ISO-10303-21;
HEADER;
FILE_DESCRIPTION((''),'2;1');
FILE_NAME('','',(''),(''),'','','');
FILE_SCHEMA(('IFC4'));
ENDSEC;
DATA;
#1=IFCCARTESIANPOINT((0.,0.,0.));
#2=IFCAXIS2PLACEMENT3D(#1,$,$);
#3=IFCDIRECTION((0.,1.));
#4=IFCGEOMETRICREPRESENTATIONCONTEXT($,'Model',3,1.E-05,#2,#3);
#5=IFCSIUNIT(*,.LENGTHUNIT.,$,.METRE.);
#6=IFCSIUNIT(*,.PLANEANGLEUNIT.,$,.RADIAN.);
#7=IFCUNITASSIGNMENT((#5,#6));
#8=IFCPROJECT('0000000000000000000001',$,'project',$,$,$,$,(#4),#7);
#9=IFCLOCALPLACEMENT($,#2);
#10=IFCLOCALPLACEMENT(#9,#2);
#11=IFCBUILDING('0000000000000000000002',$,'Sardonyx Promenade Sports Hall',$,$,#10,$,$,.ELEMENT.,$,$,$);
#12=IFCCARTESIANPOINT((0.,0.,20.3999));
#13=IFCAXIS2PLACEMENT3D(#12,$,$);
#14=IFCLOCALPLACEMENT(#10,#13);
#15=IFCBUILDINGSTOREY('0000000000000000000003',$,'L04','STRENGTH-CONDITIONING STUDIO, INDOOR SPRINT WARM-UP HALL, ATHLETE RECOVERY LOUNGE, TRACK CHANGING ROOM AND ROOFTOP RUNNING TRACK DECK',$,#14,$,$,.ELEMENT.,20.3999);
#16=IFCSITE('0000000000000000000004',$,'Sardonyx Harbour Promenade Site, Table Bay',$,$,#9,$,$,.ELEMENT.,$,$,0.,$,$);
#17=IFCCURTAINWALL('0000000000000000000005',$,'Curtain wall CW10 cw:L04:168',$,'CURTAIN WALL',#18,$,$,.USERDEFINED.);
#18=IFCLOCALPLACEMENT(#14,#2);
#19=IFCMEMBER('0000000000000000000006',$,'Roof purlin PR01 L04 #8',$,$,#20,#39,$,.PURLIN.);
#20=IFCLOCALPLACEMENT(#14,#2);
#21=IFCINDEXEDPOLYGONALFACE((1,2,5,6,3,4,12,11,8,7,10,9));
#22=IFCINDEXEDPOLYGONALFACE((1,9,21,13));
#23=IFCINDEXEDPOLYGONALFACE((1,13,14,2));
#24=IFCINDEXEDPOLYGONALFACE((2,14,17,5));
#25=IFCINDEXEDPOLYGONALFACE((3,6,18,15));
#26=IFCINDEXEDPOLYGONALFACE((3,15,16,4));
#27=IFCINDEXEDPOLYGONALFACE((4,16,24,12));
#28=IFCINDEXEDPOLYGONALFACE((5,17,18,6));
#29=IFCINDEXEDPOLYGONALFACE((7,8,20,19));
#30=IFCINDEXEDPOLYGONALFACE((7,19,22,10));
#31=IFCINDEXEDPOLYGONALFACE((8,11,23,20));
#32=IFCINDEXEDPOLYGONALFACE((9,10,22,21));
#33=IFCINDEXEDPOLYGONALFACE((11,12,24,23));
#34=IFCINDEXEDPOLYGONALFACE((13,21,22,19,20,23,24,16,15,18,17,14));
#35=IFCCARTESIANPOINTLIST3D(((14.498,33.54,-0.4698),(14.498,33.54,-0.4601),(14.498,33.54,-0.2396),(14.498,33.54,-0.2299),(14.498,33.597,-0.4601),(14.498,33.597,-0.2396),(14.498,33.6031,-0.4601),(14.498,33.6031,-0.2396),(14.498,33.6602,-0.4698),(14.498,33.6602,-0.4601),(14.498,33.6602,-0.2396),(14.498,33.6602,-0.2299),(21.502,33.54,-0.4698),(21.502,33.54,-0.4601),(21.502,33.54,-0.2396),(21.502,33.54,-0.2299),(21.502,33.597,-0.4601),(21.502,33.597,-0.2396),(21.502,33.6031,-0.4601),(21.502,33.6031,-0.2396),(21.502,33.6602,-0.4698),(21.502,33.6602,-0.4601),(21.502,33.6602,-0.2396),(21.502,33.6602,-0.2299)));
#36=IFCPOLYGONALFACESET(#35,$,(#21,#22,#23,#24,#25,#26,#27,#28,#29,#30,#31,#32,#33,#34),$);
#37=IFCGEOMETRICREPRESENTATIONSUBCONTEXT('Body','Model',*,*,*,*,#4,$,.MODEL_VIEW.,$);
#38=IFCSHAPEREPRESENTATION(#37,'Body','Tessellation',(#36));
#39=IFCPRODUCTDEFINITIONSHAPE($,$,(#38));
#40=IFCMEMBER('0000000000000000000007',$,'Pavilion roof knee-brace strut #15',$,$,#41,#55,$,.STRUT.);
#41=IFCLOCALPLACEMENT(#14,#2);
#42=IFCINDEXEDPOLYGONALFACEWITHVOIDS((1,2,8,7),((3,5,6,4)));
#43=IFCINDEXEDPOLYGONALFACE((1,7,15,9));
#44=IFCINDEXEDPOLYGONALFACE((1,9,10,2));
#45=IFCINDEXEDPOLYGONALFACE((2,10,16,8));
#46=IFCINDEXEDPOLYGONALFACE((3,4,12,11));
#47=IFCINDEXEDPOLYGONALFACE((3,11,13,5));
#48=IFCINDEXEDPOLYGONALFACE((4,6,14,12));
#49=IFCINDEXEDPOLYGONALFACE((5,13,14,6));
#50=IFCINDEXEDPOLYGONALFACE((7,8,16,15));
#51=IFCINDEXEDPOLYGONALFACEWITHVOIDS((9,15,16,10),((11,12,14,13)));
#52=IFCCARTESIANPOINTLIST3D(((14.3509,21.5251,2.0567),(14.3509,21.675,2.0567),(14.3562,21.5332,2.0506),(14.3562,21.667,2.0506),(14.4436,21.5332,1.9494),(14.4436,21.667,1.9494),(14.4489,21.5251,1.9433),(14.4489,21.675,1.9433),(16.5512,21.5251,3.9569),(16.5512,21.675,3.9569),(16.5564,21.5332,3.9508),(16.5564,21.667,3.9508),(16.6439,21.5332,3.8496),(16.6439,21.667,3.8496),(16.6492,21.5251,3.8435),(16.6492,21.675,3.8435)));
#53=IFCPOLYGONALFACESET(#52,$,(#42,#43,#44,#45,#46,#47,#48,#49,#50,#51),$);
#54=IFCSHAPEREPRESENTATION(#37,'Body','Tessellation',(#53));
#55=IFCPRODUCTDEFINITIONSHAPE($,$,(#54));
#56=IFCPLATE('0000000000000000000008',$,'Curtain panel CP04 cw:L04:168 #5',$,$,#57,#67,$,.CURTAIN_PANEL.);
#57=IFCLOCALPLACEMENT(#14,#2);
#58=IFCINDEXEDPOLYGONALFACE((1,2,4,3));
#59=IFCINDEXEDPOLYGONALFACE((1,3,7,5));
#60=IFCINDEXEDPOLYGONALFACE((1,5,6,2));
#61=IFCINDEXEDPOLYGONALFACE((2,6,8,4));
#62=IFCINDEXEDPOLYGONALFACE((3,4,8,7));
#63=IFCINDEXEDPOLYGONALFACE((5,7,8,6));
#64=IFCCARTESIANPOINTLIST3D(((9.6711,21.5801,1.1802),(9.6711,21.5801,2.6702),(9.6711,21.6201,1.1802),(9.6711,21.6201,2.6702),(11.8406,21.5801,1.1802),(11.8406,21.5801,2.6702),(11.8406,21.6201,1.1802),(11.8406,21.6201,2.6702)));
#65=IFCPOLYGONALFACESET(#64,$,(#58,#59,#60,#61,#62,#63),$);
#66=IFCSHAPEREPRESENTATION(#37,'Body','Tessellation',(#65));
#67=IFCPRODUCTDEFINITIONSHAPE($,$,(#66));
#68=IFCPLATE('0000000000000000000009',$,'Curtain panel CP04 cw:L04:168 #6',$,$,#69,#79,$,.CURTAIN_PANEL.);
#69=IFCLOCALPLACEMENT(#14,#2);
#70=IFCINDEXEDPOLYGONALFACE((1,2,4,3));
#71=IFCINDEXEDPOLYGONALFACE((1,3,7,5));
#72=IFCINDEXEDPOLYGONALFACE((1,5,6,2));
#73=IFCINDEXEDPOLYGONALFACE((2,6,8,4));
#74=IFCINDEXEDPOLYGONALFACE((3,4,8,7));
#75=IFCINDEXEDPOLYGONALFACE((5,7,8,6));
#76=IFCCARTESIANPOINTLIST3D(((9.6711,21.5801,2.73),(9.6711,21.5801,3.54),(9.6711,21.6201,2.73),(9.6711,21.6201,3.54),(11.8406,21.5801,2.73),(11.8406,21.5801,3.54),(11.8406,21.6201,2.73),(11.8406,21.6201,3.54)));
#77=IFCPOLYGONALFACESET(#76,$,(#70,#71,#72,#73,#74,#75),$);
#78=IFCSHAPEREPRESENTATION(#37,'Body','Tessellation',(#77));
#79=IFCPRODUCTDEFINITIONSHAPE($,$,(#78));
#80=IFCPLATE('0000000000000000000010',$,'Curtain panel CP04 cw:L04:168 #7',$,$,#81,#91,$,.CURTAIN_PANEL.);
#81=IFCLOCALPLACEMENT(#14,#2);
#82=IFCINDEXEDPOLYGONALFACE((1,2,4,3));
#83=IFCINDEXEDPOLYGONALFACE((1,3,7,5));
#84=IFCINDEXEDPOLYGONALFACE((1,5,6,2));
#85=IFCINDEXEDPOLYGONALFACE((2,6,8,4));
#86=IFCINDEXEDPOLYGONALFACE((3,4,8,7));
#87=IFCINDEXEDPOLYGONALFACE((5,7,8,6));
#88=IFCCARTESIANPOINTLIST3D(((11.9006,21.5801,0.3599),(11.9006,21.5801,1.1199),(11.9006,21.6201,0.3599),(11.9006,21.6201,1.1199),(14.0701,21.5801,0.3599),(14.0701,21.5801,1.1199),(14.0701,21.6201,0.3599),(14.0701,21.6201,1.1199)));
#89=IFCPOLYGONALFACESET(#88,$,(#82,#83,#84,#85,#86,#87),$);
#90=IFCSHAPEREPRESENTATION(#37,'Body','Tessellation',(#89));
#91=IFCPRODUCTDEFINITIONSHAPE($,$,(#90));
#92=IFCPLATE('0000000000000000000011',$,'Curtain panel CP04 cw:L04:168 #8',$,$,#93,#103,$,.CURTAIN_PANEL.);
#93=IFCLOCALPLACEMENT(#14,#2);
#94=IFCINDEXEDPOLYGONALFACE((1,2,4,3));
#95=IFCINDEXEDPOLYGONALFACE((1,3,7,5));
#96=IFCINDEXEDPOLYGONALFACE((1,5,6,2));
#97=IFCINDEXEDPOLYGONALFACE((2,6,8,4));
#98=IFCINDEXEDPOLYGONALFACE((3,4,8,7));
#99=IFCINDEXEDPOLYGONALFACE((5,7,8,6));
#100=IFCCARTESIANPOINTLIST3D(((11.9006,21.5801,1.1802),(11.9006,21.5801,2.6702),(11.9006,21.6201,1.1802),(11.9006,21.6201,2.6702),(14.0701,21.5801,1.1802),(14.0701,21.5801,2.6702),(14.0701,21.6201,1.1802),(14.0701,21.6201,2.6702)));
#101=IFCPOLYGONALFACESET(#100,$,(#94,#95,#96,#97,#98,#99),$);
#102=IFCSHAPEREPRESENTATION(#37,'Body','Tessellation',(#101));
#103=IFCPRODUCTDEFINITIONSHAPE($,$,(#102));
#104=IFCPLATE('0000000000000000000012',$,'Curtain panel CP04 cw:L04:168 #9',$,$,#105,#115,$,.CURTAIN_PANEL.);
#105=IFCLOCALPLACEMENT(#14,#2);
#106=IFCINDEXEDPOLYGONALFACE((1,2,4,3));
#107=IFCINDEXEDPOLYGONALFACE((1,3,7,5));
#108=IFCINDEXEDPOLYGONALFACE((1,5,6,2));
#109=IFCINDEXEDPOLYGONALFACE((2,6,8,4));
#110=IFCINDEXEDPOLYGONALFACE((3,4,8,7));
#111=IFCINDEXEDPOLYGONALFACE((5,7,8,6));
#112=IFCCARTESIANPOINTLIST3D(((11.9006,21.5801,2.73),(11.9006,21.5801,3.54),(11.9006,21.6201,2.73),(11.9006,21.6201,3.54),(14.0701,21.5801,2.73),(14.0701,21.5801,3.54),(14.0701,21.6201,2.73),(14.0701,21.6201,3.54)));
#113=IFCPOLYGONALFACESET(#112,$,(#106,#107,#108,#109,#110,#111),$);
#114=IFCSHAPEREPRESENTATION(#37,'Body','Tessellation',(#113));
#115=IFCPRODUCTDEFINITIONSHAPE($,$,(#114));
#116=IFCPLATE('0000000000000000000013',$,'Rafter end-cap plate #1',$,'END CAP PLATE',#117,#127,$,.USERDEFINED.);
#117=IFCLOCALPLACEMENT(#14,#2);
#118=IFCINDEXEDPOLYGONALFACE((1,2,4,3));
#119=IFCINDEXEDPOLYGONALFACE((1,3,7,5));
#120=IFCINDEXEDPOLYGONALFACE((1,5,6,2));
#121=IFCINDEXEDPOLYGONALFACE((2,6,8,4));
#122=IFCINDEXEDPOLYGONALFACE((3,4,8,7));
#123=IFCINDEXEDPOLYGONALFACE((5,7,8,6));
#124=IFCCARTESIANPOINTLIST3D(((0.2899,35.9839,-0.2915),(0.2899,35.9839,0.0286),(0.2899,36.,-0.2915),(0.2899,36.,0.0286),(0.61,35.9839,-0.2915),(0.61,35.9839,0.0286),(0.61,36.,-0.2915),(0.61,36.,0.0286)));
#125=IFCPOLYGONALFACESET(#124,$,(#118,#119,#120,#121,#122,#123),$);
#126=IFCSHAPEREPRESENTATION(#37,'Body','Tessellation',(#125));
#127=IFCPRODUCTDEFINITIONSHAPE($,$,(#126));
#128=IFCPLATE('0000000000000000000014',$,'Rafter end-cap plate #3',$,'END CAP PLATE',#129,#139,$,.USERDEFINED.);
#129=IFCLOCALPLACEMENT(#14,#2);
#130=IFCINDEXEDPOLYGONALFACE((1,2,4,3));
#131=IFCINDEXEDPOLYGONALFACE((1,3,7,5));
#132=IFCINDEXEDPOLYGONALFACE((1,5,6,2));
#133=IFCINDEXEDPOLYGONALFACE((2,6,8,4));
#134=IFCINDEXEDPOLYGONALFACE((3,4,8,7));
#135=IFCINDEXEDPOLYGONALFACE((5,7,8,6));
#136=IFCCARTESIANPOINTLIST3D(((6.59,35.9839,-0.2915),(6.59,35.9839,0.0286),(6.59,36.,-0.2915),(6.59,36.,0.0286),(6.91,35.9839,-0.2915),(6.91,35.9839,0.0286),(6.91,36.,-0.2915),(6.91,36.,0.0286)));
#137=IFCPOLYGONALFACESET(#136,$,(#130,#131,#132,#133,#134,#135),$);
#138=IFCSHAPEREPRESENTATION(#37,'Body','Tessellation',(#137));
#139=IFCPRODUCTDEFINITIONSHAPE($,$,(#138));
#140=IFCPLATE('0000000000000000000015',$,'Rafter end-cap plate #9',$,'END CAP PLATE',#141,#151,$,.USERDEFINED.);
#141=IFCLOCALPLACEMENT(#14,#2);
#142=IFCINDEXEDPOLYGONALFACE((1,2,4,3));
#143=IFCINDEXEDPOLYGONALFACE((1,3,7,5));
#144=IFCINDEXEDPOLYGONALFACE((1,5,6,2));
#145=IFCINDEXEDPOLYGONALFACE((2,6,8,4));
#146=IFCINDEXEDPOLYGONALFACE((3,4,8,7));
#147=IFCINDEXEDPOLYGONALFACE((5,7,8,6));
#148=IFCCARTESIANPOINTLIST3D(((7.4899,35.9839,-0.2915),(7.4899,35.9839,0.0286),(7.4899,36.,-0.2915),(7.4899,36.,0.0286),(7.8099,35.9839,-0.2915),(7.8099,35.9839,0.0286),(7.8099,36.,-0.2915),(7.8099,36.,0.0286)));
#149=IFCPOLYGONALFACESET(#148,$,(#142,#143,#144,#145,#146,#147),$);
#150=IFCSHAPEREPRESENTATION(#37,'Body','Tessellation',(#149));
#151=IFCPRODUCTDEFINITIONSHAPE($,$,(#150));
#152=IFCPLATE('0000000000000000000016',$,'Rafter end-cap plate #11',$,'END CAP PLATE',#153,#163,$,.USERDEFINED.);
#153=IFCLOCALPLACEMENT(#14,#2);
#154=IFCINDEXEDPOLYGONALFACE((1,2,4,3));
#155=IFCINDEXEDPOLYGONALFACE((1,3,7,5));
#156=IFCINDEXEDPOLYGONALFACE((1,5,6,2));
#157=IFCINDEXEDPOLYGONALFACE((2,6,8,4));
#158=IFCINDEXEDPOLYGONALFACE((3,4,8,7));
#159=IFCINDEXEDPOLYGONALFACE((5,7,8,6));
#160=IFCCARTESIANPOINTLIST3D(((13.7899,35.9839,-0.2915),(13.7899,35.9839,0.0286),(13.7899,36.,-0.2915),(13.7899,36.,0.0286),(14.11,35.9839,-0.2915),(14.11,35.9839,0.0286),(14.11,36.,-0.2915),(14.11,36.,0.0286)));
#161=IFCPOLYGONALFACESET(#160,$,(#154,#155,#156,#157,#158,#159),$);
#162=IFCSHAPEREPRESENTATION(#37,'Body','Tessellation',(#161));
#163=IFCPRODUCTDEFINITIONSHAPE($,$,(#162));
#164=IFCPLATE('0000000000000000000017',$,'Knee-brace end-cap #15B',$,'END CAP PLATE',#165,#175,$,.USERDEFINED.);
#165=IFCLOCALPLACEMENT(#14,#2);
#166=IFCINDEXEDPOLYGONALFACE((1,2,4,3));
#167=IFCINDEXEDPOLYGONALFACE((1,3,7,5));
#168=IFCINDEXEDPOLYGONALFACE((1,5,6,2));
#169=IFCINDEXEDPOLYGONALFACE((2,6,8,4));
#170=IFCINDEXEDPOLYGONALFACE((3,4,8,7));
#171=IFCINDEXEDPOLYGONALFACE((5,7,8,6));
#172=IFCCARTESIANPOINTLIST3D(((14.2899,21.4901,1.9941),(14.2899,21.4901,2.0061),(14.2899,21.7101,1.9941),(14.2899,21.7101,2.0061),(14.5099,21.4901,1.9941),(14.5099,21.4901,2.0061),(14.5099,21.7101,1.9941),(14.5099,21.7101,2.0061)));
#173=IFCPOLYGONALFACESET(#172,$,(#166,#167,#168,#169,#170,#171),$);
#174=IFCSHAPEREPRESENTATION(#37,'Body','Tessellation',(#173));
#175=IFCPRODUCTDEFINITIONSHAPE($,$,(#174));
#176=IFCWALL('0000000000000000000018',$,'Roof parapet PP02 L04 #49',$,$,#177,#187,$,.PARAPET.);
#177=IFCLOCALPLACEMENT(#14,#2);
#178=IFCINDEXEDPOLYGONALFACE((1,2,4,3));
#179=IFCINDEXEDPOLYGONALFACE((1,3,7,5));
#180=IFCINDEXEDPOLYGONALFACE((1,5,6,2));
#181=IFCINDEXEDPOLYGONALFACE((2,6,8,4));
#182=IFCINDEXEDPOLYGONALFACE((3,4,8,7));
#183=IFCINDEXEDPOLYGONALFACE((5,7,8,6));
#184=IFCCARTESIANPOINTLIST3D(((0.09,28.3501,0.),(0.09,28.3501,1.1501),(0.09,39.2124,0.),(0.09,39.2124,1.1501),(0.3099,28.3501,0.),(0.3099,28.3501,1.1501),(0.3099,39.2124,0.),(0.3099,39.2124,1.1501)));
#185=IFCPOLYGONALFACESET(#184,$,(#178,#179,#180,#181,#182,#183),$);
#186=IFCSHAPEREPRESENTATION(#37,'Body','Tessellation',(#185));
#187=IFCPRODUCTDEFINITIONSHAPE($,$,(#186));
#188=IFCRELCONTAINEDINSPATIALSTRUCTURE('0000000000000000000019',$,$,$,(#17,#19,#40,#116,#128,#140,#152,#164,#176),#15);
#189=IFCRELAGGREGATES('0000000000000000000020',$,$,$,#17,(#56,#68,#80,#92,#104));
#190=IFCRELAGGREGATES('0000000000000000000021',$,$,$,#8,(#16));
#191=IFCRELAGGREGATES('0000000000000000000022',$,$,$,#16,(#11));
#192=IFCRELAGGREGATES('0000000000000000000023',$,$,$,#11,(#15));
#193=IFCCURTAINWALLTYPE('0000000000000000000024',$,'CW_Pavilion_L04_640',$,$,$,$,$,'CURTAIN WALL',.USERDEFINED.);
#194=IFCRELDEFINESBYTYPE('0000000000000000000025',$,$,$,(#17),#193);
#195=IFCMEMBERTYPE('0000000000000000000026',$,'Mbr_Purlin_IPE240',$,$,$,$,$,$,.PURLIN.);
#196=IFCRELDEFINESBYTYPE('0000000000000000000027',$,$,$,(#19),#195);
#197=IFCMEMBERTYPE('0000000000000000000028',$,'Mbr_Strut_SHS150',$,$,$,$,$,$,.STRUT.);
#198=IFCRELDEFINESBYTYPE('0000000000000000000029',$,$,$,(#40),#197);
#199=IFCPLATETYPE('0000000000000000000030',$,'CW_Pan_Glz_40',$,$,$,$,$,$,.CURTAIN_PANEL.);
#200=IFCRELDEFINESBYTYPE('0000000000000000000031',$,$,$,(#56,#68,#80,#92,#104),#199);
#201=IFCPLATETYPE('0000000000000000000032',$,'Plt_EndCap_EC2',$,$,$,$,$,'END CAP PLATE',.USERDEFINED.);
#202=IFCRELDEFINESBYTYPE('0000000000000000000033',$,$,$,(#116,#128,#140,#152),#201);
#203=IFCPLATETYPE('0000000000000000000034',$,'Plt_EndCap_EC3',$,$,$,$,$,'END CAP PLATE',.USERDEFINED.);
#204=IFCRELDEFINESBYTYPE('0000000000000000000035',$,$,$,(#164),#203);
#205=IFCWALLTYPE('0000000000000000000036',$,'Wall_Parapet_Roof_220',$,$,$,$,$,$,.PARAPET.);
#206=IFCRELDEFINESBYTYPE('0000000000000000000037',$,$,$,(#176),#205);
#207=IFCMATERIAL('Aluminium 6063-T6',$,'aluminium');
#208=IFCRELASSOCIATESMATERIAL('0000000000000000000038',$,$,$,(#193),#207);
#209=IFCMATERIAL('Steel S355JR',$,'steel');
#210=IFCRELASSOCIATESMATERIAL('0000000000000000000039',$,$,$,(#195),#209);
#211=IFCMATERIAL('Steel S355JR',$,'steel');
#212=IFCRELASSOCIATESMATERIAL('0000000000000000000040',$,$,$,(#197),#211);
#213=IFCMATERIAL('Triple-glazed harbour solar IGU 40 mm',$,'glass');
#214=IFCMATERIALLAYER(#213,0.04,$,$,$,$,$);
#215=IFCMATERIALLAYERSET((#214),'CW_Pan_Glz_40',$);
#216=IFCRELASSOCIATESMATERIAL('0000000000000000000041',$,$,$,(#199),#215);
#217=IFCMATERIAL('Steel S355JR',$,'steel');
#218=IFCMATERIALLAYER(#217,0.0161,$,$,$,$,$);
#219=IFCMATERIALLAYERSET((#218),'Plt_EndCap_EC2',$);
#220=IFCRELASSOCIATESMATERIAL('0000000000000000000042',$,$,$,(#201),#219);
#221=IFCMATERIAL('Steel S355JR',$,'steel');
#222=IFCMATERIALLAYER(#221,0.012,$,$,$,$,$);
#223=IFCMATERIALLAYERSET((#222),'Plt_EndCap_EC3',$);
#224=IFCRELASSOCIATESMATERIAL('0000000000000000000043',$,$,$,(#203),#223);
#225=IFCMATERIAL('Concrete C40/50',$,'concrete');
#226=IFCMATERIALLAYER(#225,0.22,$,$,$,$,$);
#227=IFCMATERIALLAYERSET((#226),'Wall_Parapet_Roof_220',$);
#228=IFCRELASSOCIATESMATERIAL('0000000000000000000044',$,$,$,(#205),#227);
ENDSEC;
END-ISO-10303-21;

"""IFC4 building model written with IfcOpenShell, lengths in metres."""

from ifc_helpers import new_model, si_unit, direction, frame, frame_2d, origin, origin_2d, place, context, subcontext, project, spatial, rectangle, hollow_rectangle, i_section, extrude, material, layer, layer_set, material_profile, profile_set, type_object, element, aggregate, save


model = new_model("IFC4")

# Units and contexts
model_context = context("Model", 3, precision=1e-05, world=origin(), true_north=direction((0.0, 1.0)))
body_context = subcontext(model_context, "Body", "Model", "MODEL_VIEW")
ifc_project = project(units=[si_unit("LENGTHUNIT", "METRE"), si_unit("PLANEANGLEUNIT", "RADIAN")], contexts=[model_context])

# Site, building, storey
site_placement = place(None, origin())
site = spatial("IfcSite", under=ifc_project, at=site_placement, Name="Sardonyx Harbour Promenade Site, Table Bay", CompositionType="ELEMENT", RefElevation=0.0)
building_placement = place(site_placement, origin())
building = spatial("IfcBuilding", under=site, at=building_placement, Name="Sardonyx Promenade Sports Hall", CompositionType="ELEMENT")
storey_placement = place(building_placement, frame((0.0, 0.0, 20.3999)))
storey = spatial("IfcBuildingStorey", under=building, at=storey_placement, Name="L04", Description="STRENGTH-CONDITIONING STUDIO, INDOOR SPRINT WARM-UP HALL, ATHLETE RECOVERY LOUNGE, TRACK CHANGING ROOM AND ROOFTOP RUNNING TRACK DECK", CompositionType="ELEMENT", Elevation=20.3999)

# Curtain wall
ifc_material_1 = material(Name="Aluminium 6063-T6", Category="aluminium")
curtain_wall_type = type_object("IfcCurtainWallType", Name="CW_Pavilion_L04_640", ElementType="CURTAIN WALL", PredefinedType="USERDEFINED", material=ifc_material_1)
curtain_wall_placement = place(storey_placement, origin())
curtain_wall = element("IfcCurtainWall", 1, at=curtain_wall_placement, inside=storey, type_object=curtain_wall_type, Name="Curtain wall CW10 cw:L04:168", ObjectType="CURTAIN WALL", PredefinedType="USERDEFINED")

# Members
ifc_material_2 = material(Name="Steel S355JR", Category="steel")
ifc_material_profile_1 = material_profile(ifc_material_2, i_section(OverallWidth=0.1201, OverallDepth=0.24, WebThickness=0.0061, FlangeThickness=0.0098, at=origin_2d()))
ifc_profile_set_1 = profile_set([ifc_material_profile_1], Name="Steel S355JR")
member_type_1 = type_object("IfcMemberType", Name="Mbr_Purlin_IPE240", PredefinedType="PURLIN", material=ifc_profile_set_1)
for number, where, z_axis, x_axis, name in (
    (2, (14.498, 33.6001, -0.3499), (1.0, 0.0, 0.0), (0.0, 1.0, 0.0), "Roof purlin PR01 L04 #8"),
):
    element("IfcMember", number, at=place(storey_placement, frame(where, z_axis=z_axis, x_axis=x_axis)), inside=storey, type_object=member_type_1, Name=name, PredefinedType="PURLIN", context=body_context, shape_type="SweptSolid", body=[
        extrude(i_section(OverallWidth=0.1201, OverallDepth=0.24, WebThickness=0.0061, FlangeThickness=0.0098, at=origin_2d()), origin(), (0.0, 0.0, 1.0), 7.0039),
    ])
ifc_material_3 = material(Name="Steel S355JR", Category="steel")
ifc_material_profile_2 = material_profile(ifc_material_3, hollow_rectangle(XDim=0.1499, YDim=0.1499, WallThickness=0.0081, at=origin_2d()))
ifc_profile_set_2 = profile_set([ifc_material_profile_2], Name="Steel S355JR")
member_type_2 = type_object("IfcMemberType", Name="Mbr_Strut_SHS150", PredefinedType="STRUT", material=ifc_profile_set_2)
member_1_placement = place(storey_placement, frame((14.3999, 21.6001, 2.0), z_axis=(0.756827, 0.0, 0.653615), x_axis=(0.0, 1.0, 0.0)))
element("IfcMember", 3, at=member_1_placement, inside=storey, type_object=member_type_2, Name="Pavilion roof knee-brace strut #15", PredefinedType="STRUT", context=body_context, shape_type="SweptSolid", body=[
    extrude(hollow_rectangle(XDim=0.1499, YDim=0.1499, WallThickness=0.0081, at=origin_2d()), origin(), (0.0, 0.0, 1.0), 2.9072),
])

# Plates
ifc_material_4 = material(Name="Triple-glazed harbour solar IGU 40 mm", Category="glass")
ifc_layer_1 = layer(ifc_material_4, 0.04)
ifc_layer_set_1 = layer_set([ifc_layer_1], Name="CW_Pan_Glz_40")
plate_type_1 = type_object("IfcPlateType", Name="CW_Pan_Glz_40", PredefinedType="CURTAIN_PANEL", material=ifc_layer_set_1)
plate_1_placement = place(storey_placement, frame((10.7559, 21.6001, 1.1802), z_axis=(0.0, 0.0, 1.0), x_axis=(1.0, 0.0, 0.0)))
plate_1 = element("IfcPlate", 4, at=plate_1_placement, type_object=plate_type_1, Name="Curtain panel CP04 cw:L04:168 #5", PredefinedType="CURTAIN_PANEL", context=body_context, shape_type="SweptSolid", body=[
    extrude(rectangle(XDim=2.1694, YDim=0.04, at=origin_2d()), origin(), (0.0, 0.0, 1.0), 1.49),
])
plate_2_placement = place(storey_placement, frame((10.7559, 21.6001, 2.73), z_axis=(0.0, 0.0, 1.0), x_axis=(1.0, 0.0, 0.0)))
plate_2 = element("IfcPlate", 5, at=plate_2_placement, type_object=plate_type_1, Name="Curtain panel CP04 cw:L04:168 #6", PredefinedType="CURTAIN_PANEL", context=body_context, shape_type="SweptSolid", body=[
    extrude(rectangle(XDim=2.1694, YDim=0.04, at=origin_2d()), origin(), (0.0, 0.0, 1.0), 0.8101),
])
plate_3_placement = place(storey_placement, frame((12.9854, 21.6001, 0.3599), z_axis=(0.0, 0.0, 1.0), x_axis=(1.0, 0.0, 0.0)))
plate_3 = element("IfcPlate", 6, at=plate_3_placement, type_object=plate_type_1, Name="Curtain panel CP04 cw:L04:168 #7", PredefinedType="CURTAIN_PANEL", context=body_context, shape_type="SweptSolid", body=[
    extrude(rectangle(XDim=2.1694, YDim=0.04, at=origin_2d()), origin(), (0.0, 0.0, 1.0), 0.76),
])
plate_4_placement = place(storey_placement, frame((12.9854, 21.6001, 1.1802), z_axis=(0.0, 0.0, 1.0), x_axis=(1.0, 0.0, 0.0)))
plate_4 = element("IfcPlate", 7, at=plate_4_placement, type_object=plate_type_1, Name="Curtain panel CP04 cw:L04:168 #8", PredefinedType="CURTAIN_PANEL", context=body_context, shape_type="SweptSolid", body=[
    extrude(rectangle(XDim=2.1694, YDim=0.04, at=origin_2d()), origin(), (0.0, 0.0, 1.0), 1.49),
])
plate_5_placement = place(storey_placement, frame((12.9854, 21.6001, 2.73), z_axis=(0.0, 0.0, 1.0), x_axis=(1.0, 0.0, 0.0)))
plate_5 = element("IfcPlate", 8, at=plate_5_placement, type_object=plate_type_1, Name="Curtain panel CP04 cw:L04:168 #9", PredefinedType="CURTAIN_PANEL", context=body_context, shape_type="SweptSolid", body=[
    extrude(rectangle(XDim=2.1694, YDim=0.04, at=origin_2d()), origin(), (0.0, 0.0, 1.0), 0.8101),
])
aggregate(curtain_wall, [plate_1, plate_2, plate_3, plate_4, plate_5])

# Plates
ifc_material_5 = material(Name="Steel S355JR", Category="steel")
ifc_layer_2 = layer(ifc_material_5, 0.0161)
ifc_layer_set_2 = layer_set([ifc_layer_2], Name="Plt_EndCap_EC2")
plate_type_2 = type_object("IfcPlateType", Name="Plt_EndCap_EC2", ElementType="END CAP PLATE", PredefinedType="USERDEFINED", material=ifc_layer_set_2)
for number, where, z_axis, x_axis, name in (
    (9, (0.45, 35.9919, -0.2915), (0.0, 0.0, 1.0), (1.0, 0.0, 0.0), "Rafter end-cap plate #1"),
    (10, (6.75, 35.9919, -0.2915), (0.0, 0.0, 1.0), (1.0, 0.0, 0.0), "Rafter end-cap plate #3"),
    (11, (7.6499, 35.9919, -0.2915), (0.0, 0.0, 1.0), (1.0, 0.0, 0.0), "Rafter end-cap plate #9"),
    (12, (13.95, 35.9919, -0.2915), (0.0, 0.0, 1.0), (1.0, 0.0, 0.0), "Rafter end-cap plate #11"),
):
    element("IfcPlate", number, at=place(storey_placement, frame(where, z_axis=z_axis, x_axis=x_axis)), inside=storey, type_object=plate_type_2, Name=name, ObjectType="END CAP PLATE", PredefinedType="USERDEFINED", context=body_context, shape_type="SweptSolid", body=[
        extrude(rectangle(XDim=0.3201, YDim=0.0161, at=origin_2d()), origin(), (0.0, 0.0, 1.0), 0.3201),
    ])
ifc_material_6 = material(Name="Steel S355JR", Category="steel")
ifc_layer_3 = layer(ifc_material_6, 0.012)
ifc_layer_set_3 = layer_set([ifc_layer_3], Name="Plt_EndCap_EC3")
plate_type_3 = type_object("IfcPlateType", Name="Plt_EndCap_EC3", ElementType="END CAP PLATE", PredefinedType="USERDEFINED", material=ifc_layer_set_3)
plate_6_placement = place(storey_placement, frame((14.3999, 21.6001, 1.9941), z_axis=(0.0, 0.0, 1.0), x_axis=(1.0, 0.0, 0.0)))
element("IfcPlate", 13, at=plate_6_placement, inside=storey, type_object=plate_type_3, Name="Knee-brace end-cap #15B", ObjectType="END CAP PLATE", PredefinedType="USERDEFINED", context=body_context, shape_type="SweptSolid", body=[
    extrude(rectangle(XDim=0.22, YDim=0.22, at=origin_2d()), origin(), (0.0, 0.0, 1.0), 0.012),
])

# Wall
ifc_material_7 = material(Name="Concrete C40/50", Category="concrete")
ifc_layer_4 = layer(ifc_material_7, 0.22)
ifc_layer_set_4 = layer_set([ifc_layer_4], Name="Wall_Parapet_Roof_220")
wall_type = type_object("IfcWallType", Name="Wall_Parapet_Roof_220", PredefinedType="PARAPET", material=ifc_layer_set_4)
wall_1_placement = place(storey_placement, frame((0.2, 28.3501, 0.0), z_axis=(0.0, 0.0, 1.0), x_axis=(0.0, 1.0, 0.0)))
element("IfcWall", 14, at=wall_1_placement, inside=storey, type_object=wall_type, Name="Roof parapet PP02 L04 #49", PredefinedType="PARAPET", context=body_context, shape_type="SweptSolid", body=[
    extrude(rectangle(XDim=10.8623, YDim=0.22, at=frame_2d((5.4312, 0.0))), origin(), (0.0, 0.0, 1.0), 1.1501),
])

save(model, "model.ifc")
